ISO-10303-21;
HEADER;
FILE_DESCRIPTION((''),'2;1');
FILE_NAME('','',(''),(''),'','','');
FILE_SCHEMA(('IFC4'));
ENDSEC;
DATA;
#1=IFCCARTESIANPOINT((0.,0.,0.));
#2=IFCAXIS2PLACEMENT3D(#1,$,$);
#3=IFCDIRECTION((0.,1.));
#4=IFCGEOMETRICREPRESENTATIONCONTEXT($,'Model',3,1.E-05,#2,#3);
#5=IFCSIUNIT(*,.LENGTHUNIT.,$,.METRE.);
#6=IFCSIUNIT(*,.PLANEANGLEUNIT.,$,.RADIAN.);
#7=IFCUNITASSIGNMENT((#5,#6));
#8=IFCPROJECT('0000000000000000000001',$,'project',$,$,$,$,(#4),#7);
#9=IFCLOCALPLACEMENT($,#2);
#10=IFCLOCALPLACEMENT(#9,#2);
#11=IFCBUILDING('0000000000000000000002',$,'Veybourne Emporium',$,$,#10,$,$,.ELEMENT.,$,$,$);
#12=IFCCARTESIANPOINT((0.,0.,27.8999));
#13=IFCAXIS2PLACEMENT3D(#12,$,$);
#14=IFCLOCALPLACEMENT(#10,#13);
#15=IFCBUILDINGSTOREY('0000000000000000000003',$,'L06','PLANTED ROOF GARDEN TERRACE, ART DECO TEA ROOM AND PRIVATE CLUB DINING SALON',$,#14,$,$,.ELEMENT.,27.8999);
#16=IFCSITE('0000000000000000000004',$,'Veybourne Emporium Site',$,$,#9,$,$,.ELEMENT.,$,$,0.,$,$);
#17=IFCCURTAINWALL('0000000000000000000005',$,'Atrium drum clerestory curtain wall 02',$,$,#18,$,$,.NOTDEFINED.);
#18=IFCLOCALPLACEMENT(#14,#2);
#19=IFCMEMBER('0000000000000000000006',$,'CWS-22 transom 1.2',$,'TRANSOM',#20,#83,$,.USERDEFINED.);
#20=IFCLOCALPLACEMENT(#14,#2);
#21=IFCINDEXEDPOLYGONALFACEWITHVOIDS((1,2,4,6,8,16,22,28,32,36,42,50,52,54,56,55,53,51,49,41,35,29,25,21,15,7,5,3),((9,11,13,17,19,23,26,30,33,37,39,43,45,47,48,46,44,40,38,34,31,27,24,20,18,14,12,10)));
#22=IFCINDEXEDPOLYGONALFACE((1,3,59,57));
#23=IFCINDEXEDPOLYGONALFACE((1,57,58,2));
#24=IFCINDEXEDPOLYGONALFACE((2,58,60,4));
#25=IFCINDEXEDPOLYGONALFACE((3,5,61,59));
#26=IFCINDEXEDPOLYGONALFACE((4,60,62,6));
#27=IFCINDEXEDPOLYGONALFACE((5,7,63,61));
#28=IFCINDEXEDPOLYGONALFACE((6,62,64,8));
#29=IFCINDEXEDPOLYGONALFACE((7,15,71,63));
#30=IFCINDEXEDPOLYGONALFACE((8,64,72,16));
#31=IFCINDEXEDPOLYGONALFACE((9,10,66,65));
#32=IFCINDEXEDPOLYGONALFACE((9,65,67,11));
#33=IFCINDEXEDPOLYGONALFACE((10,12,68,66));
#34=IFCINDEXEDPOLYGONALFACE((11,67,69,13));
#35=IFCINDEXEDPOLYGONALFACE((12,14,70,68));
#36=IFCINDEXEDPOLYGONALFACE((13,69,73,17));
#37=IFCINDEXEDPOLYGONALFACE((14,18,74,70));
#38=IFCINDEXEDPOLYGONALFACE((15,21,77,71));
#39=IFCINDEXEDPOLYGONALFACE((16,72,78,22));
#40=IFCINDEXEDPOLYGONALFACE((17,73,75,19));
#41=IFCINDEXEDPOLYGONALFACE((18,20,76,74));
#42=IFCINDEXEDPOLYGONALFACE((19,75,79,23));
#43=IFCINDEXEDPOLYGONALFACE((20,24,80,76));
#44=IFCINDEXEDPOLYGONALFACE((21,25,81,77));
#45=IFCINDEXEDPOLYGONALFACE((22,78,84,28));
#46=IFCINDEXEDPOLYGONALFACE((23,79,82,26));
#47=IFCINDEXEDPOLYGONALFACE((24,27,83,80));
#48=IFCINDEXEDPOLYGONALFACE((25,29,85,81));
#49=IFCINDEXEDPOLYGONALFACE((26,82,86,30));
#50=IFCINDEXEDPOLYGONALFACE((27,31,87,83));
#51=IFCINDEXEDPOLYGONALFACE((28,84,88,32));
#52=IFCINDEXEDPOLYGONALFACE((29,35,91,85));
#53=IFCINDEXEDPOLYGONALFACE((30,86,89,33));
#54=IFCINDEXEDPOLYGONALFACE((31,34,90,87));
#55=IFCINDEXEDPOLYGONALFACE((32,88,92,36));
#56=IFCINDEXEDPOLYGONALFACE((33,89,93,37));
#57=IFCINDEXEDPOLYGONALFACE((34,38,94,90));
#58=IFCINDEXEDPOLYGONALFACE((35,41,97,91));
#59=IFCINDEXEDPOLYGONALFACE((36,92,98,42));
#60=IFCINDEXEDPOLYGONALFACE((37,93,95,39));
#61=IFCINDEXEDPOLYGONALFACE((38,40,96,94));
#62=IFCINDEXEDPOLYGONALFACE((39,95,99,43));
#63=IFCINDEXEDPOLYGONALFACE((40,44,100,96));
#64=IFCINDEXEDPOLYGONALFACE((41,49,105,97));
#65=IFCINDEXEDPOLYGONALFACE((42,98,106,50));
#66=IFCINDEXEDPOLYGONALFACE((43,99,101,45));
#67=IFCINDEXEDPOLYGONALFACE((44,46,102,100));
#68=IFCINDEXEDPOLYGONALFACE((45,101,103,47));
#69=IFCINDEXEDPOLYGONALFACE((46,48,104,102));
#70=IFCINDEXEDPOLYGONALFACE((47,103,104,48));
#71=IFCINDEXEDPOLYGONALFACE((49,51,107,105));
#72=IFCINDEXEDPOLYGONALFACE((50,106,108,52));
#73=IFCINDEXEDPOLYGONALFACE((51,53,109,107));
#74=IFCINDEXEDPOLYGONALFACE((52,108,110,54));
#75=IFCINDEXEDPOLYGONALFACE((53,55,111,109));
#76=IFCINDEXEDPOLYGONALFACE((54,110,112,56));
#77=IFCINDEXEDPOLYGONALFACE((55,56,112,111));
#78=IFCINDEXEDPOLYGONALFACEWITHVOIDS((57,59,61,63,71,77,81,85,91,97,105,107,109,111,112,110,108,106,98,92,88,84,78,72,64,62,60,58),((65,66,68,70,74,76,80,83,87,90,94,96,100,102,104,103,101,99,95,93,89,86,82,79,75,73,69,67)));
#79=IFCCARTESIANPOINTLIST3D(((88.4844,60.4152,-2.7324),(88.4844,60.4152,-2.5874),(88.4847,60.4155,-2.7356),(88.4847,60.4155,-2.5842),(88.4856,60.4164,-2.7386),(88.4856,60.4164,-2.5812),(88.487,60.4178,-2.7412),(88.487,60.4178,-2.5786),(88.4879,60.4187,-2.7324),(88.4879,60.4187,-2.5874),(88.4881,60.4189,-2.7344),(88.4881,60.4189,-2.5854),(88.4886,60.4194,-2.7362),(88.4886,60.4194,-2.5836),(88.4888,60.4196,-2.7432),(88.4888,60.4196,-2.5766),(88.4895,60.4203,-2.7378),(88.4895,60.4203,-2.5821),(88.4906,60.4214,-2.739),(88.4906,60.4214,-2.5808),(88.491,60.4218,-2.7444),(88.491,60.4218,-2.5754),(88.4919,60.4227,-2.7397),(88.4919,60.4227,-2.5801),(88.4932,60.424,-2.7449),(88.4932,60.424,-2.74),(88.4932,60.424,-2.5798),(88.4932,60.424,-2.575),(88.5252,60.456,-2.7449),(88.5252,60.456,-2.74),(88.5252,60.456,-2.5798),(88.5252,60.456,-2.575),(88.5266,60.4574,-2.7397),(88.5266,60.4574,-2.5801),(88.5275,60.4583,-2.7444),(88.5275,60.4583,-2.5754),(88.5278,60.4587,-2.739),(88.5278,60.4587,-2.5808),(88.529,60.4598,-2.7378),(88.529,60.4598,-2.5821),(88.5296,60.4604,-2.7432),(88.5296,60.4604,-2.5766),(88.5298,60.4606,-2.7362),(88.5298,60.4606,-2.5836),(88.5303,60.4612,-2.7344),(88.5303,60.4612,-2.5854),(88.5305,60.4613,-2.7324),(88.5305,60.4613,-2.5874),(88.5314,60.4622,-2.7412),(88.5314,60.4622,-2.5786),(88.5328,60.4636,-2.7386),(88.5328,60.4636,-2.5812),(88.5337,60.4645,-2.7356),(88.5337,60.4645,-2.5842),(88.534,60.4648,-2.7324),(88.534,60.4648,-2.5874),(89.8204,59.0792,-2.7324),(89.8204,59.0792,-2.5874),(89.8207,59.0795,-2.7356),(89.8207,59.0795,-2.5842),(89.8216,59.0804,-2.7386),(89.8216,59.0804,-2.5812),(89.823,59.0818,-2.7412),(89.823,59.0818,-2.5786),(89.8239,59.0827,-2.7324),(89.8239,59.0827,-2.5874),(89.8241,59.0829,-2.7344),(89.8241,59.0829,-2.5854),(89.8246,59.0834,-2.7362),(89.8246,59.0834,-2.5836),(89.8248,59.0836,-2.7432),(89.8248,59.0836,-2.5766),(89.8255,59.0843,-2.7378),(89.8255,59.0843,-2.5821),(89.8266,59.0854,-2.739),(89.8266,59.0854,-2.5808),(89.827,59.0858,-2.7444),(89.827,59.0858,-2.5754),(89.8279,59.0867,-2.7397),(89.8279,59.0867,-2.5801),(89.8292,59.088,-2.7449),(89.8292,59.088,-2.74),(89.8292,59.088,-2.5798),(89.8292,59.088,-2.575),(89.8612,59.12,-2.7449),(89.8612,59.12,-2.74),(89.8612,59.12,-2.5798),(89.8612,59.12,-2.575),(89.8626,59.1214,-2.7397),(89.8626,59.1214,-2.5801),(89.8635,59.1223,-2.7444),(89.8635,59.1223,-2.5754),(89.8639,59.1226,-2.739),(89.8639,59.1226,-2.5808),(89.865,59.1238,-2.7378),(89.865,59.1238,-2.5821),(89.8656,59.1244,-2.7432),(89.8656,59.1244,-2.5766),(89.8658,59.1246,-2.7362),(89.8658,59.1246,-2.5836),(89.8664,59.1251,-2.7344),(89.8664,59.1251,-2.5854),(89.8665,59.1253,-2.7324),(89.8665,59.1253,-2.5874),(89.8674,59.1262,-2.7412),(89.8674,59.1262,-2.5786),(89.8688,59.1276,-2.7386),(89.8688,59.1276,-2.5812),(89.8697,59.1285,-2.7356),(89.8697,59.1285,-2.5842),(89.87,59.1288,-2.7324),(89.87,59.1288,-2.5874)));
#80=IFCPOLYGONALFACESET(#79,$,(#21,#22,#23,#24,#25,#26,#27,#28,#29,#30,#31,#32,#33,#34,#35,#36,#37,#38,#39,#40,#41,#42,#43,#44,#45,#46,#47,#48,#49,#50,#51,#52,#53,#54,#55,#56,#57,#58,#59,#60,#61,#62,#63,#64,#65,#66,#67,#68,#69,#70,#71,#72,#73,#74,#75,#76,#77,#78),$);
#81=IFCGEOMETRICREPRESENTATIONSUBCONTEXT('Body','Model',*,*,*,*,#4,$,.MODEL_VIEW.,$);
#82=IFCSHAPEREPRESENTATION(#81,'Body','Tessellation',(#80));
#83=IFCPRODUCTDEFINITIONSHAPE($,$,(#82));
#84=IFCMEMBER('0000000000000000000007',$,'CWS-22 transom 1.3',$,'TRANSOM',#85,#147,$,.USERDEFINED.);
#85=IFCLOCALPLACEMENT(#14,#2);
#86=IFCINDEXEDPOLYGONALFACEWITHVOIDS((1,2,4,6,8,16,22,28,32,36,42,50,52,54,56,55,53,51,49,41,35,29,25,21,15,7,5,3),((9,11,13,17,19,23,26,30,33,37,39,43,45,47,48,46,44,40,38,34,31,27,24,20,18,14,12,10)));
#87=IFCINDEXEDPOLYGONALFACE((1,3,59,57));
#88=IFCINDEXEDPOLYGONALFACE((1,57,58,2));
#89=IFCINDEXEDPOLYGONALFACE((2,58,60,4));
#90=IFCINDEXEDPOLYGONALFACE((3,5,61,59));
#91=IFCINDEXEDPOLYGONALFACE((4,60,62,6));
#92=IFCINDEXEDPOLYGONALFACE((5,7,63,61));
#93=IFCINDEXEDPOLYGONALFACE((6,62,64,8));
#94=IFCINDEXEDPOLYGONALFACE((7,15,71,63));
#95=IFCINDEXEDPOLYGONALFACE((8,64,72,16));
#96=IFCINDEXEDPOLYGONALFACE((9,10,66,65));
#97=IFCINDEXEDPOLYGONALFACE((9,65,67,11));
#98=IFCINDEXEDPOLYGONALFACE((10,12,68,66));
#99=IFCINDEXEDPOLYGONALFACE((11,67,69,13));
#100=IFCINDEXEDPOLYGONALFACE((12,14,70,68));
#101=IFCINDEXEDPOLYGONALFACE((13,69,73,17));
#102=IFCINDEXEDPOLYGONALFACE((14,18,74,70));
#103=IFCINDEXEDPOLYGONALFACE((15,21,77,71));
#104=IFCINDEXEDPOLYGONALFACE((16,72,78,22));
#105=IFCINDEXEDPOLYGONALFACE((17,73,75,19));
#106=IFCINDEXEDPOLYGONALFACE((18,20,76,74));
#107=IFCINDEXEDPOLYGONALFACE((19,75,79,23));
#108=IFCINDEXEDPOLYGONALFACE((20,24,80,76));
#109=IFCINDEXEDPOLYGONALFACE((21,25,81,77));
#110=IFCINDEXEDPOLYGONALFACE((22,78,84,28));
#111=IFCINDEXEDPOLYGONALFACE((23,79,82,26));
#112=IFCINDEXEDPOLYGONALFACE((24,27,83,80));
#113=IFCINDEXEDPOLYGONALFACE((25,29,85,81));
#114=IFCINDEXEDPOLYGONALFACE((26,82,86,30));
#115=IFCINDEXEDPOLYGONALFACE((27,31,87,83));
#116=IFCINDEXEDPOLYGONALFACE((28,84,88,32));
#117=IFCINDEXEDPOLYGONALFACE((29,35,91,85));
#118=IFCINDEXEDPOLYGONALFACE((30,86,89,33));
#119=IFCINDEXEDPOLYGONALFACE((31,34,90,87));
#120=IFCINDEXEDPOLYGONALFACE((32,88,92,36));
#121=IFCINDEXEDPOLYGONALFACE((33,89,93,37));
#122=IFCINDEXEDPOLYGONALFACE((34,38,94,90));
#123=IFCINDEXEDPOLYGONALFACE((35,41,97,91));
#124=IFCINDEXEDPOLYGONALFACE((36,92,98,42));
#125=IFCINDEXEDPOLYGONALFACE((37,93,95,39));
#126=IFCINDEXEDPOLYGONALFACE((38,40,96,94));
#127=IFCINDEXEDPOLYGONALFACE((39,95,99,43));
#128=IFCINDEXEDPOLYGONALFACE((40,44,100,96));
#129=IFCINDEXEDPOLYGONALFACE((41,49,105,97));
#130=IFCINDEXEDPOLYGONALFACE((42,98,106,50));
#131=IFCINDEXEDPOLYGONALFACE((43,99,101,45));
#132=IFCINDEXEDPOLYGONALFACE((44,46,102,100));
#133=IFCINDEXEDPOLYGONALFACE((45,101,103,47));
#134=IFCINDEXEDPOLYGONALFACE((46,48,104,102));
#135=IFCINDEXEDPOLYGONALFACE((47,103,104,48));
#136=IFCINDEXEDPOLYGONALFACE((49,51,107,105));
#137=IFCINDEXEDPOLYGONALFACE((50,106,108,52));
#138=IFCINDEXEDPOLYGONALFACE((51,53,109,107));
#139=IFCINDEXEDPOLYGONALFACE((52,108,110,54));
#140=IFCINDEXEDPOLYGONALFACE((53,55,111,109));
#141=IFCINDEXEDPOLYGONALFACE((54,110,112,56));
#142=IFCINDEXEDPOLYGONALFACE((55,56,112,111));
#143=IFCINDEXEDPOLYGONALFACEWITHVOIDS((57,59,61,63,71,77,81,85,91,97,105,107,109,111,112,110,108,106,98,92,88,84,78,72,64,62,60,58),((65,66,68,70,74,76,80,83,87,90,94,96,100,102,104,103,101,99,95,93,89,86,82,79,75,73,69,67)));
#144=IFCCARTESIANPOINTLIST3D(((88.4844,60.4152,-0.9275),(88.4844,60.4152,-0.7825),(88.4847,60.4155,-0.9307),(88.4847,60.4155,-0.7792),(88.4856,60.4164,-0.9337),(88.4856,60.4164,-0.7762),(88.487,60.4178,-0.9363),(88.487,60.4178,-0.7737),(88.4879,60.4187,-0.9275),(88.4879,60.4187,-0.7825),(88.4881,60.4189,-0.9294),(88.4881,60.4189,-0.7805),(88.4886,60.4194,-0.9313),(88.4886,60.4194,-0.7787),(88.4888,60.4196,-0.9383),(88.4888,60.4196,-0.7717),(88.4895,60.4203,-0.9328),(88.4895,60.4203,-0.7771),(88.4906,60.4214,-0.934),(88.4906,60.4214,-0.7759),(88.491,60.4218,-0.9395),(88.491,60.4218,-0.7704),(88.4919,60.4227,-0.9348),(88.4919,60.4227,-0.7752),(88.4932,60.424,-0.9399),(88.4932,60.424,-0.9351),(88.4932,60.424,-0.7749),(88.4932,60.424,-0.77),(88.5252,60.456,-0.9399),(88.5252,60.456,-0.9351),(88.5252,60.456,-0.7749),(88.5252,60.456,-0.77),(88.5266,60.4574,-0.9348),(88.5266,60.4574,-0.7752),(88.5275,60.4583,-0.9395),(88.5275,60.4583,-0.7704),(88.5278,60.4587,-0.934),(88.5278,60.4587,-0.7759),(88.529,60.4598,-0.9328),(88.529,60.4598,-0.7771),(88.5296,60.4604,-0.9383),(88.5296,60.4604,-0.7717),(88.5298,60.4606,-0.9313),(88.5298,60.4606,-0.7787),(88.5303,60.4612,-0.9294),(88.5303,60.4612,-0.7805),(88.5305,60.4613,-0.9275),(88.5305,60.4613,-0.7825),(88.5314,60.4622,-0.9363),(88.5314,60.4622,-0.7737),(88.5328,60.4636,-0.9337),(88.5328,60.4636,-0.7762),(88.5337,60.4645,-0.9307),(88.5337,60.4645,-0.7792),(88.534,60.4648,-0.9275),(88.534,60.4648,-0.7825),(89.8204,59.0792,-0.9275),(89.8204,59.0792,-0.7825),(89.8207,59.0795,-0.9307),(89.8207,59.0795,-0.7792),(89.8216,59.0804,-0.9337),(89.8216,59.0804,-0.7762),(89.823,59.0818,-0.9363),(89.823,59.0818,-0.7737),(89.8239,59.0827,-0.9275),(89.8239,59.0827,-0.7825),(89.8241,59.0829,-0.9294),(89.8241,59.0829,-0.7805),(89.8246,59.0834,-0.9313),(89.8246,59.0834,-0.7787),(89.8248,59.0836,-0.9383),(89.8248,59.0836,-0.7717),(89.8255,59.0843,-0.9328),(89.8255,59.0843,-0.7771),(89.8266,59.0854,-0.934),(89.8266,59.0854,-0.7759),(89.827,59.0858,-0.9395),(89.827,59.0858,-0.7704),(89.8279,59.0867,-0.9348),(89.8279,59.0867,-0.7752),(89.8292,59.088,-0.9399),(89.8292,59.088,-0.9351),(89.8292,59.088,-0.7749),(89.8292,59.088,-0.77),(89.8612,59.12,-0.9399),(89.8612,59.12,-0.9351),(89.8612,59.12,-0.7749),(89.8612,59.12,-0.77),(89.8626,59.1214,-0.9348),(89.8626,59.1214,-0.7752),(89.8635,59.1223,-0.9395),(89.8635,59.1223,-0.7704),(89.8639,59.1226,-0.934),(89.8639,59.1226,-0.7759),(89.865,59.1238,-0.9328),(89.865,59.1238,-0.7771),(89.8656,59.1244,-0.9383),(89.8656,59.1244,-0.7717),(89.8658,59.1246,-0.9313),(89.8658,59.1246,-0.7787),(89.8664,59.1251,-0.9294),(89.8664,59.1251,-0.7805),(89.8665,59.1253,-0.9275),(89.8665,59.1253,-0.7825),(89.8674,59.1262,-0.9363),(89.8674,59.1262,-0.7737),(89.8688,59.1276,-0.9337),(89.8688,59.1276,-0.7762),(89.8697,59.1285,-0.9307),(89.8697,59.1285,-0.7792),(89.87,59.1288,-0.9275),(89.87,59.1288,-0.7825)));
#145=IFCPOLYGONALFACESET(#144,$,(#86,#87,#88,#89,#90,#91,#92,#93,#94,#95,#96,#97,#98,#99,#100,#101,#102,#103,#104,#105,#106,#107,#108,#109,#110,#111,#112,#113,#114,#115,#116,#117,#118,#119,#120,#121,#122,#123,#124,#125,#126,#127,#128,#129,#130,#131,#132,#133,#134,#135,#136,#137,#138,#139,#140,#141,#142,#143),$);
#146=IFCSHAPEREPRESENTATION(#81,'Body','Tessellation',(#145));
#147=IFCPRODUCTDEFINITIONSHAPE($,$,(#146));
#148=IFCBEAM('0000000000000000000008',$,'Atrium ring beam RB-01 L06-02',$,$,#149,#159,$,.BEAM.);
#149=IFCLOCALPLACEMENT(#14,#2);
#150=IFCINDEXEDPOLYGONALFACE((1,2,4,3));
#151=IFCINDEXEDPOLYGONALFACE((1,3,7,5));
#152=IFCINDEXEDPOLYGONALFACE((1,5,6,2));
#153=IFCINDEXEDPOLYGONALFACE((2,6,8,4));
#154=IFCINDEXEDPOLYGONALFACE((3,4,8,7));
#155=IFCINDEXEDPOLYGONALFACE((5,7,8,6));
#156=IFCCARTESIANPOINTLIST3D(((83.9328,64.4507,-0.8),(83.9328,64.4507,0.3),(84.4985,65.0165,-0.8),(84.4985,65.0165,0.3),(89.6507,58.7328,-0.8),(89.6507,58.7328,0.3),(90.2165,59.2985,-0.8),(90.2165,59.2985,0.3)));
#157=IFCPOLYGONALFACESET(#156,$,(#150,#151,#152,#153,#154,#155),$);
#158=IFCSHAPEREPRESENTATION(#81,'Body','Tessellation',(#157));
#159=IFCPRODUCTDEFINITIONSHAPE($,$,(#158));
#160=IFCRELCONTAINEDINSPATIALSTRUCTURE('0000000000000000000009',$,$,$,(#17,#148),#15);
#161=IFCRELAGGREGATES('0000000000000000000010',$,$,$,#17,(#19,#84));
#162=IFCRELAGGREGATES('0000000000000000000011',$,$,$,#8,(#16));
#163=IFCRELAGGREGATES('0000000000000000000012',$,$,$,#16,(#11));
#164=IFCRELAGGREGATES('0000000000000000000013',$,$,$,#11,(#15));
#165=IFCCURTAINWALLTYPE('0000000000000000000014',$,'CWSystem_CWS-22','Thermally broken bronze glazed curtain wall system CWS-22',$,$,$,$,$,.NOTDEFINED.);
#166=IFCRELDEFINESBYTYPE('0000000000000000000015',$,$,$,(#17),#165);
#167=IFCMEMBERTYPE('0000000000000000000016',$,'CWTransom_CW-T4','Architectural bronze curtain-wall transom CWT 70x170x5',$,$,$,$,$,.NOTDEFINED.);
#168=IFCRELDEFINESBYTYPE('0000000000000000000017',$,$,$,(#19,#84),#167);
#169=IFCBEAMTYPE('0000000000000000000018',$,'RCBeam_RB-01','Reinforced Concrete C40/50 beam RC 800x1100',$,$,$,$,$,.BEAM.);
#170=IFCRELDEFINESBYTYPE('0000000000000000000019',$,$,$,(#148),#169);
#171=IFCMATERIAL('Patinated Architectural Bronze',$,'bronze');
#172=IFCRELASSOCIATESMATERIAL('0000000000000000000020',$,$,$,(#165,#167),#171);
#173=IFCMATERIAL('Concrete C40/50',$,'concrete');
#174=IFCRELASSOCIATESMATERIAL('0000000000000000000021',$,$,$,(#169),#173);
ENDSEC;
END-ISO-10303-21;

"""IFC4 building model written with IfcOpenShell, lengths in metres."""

from ifc_helpers import new_model, si_unit, direction, frame, origin, origin_2d, place, context, subcontext, project, spatial, rectangle, hollow_rectangle, extrude, material, material_profile, profile_set, type_object, element, aggregate, save


model = new_model("IFC4")

# Units and contexts
model_context = context("Model", 3, precision=1e-05, world=origin(), true_north=direction((0.0, 1.0)))
body_context = subcontext(model_context, "Body", "Model", "MODEL_VIEW")
ifc_project = project(units=[si_unit("LENGTHUNIT", "METRE"), si_unit("PLANEANGLEUNIT", "RADIAN")], contexts=[model_context])

# Site, building, storey
site_placement = place(None, origin())
site = spatial("IfcSite", under=ifc_project, at=site_placement, Name="Veybourne Emporium Site", CompositionType="ELEMENT", RefElevation=0.0)
building_placement = place(site_placement, origin())
building = spatial("IfcBuilding", under=site, at=building_placement, Name="Veybourne Emporium", CompositionType="ELEMENT")
storey_placement = place(building_placement, frame((0.0, 0.0, 27.8999)))
storey = spatial("IfcBuildingStorey", under=building, at=storey_placement, Name="L06", Description="PLANTED ROOF GARDEN TERRACE, ART DECO TEA ROOM AND PRIVATE CLUB DINING SALON", CompositionType="ELEMENT", Elevation=27.8999)

# Shared definitions
ifc_material_1 = material(Name="Concrete C40/50", Category="concrete")

# Curtain wall
ifc_material_2 = material(Name="Patinated Architectural Bronze", Category="bronze")
curtain_wall_type_1 = type_object("IfcCurtainWallType", Name="CWSystem_CWS-22", Description="Thermally broken bronze glazed curtain wall system CWS-22", PredefinedType="NOTDEFINED", material=ifc_material_2)
curtain_wall_1_placement = place(storey_placement, origin())
curtain_wall_1 = element("IfcCurtainWall", 1, at=curtain_wall_1_placement, inside=storey, type_object=curtain_wall_type_1, Name="Atrium drum clerestory curtain wall 02", PredefinedType="NOTDEFINED")

# Members
ifc_material_profile_1 = material_profile(ifc_material_2, hollow_rectangle(XDim=0.0701, YDim=0.1699, WallThickness=0.0049, InnerFilletRadius=0.0076, OuterFilletRadius=0.0125, at=origin_2d()), Name="CWT 70x170x5")
ifc_profile_set_1 = profile_set([ifc_material_profile_1], Name="Patinated Architectural Bronze")
member_type_1 = type_object("IfcMemberType", Name="CWTransom_CW-T4", Description="Architectural bronze curtain-wall transom CWT 70x170x5", PredefinedType="NOTDEFINED", material=ifc_profile_set_1)
member_1_placement = place(storey_placement, frame((89.8452, 59.104, -2.6599), z_axis=(-0.707107, 0.707107, 0.0), x_axis=(-0.707107, -0.707107, 0.0)))
member_1 = element("IfcMember", 2, at=member_1_placement, type_object=member_type_1, Name="CWS-22 transom 1.2", ObjectType="TRANSOM", PredefinedType="USERDEFINED", context=body_context, shape_type="SweptSolid", body=[
    extrude(hollow_rectangle(XDim=0.0701, YDim=0.1699, WallThickness=0.0049, InnerFilletRadius=0.0076, OuterFilletRadius=0.0125, at=origin_2d()), origin(), (0.0, 0.0, 1.0), 1.8894),
])
member_2_placement = place(storey_placement, frame((89.8452, 59.104, -0.855), z_axis=(-0.707107, 0.707107, 0.0), x_axis=(-0.707107, -0.707107, 0.0)))
member_2 = element("IfcMember", 3, at=member_2_placement, type_object=member_type_1, Name="CWS-22 transom 1.3", ObjectType="TRANSOM", PredefinedType="USERDEFINED", context=body_context, shape_type="SweptSolid", body=[
    extrude(hollow_rectangle(XDim=0.0701, YDim=0.1699, WallThickness=0.0049, InnerFilletRadius=0.0076, OuterFilletRadius=0.0125, at=origin_2d()), origin(), (0.0, 0.0, 1.0), 1.8894),
])

# Beam
ifc_material_profile_2 = material_profile(ifc_material_1, rectangle(XDim=0.8, YDim=1.1001, at=origin_2d()), Name="RC 800x1100")
ifc_profile_set_2 = profile_set([ifc_material_profile_2], Name="Concrete C40/50")
beam_type = type_object("IfcBeamType", Name="RCBeam_RB-01", Description="Reinforced Concrete C40/50 beam RC 800x1100", PredefinedType="BEAM", material=ifc_profile_set_2)
beam_placement = place(storey_placement, frame((89.9336, 59.0156, -0.25), z_axis=(-0.707107, 0.707107, 0.0), x_axis=(-0.707107, -0.707107, 0.0)))
element("IfcBeam", 4, at=beam_placement, inside=storey, type_object=beam_type, Name="Atrium ring beam RB-01 L06-02", PredefinedType="BEAM", context=body_context, shape_type="SweptSolid", body=[
    extrude(rectangle(XDim=0.8, YDim=1.1001, at=origin_2d()), origin(), (0.0, 0.0, 1.0), 8.0864),
])

aggregate(curtain_wall_1, [member_1, member_2])

save(model, "model.ifc")
